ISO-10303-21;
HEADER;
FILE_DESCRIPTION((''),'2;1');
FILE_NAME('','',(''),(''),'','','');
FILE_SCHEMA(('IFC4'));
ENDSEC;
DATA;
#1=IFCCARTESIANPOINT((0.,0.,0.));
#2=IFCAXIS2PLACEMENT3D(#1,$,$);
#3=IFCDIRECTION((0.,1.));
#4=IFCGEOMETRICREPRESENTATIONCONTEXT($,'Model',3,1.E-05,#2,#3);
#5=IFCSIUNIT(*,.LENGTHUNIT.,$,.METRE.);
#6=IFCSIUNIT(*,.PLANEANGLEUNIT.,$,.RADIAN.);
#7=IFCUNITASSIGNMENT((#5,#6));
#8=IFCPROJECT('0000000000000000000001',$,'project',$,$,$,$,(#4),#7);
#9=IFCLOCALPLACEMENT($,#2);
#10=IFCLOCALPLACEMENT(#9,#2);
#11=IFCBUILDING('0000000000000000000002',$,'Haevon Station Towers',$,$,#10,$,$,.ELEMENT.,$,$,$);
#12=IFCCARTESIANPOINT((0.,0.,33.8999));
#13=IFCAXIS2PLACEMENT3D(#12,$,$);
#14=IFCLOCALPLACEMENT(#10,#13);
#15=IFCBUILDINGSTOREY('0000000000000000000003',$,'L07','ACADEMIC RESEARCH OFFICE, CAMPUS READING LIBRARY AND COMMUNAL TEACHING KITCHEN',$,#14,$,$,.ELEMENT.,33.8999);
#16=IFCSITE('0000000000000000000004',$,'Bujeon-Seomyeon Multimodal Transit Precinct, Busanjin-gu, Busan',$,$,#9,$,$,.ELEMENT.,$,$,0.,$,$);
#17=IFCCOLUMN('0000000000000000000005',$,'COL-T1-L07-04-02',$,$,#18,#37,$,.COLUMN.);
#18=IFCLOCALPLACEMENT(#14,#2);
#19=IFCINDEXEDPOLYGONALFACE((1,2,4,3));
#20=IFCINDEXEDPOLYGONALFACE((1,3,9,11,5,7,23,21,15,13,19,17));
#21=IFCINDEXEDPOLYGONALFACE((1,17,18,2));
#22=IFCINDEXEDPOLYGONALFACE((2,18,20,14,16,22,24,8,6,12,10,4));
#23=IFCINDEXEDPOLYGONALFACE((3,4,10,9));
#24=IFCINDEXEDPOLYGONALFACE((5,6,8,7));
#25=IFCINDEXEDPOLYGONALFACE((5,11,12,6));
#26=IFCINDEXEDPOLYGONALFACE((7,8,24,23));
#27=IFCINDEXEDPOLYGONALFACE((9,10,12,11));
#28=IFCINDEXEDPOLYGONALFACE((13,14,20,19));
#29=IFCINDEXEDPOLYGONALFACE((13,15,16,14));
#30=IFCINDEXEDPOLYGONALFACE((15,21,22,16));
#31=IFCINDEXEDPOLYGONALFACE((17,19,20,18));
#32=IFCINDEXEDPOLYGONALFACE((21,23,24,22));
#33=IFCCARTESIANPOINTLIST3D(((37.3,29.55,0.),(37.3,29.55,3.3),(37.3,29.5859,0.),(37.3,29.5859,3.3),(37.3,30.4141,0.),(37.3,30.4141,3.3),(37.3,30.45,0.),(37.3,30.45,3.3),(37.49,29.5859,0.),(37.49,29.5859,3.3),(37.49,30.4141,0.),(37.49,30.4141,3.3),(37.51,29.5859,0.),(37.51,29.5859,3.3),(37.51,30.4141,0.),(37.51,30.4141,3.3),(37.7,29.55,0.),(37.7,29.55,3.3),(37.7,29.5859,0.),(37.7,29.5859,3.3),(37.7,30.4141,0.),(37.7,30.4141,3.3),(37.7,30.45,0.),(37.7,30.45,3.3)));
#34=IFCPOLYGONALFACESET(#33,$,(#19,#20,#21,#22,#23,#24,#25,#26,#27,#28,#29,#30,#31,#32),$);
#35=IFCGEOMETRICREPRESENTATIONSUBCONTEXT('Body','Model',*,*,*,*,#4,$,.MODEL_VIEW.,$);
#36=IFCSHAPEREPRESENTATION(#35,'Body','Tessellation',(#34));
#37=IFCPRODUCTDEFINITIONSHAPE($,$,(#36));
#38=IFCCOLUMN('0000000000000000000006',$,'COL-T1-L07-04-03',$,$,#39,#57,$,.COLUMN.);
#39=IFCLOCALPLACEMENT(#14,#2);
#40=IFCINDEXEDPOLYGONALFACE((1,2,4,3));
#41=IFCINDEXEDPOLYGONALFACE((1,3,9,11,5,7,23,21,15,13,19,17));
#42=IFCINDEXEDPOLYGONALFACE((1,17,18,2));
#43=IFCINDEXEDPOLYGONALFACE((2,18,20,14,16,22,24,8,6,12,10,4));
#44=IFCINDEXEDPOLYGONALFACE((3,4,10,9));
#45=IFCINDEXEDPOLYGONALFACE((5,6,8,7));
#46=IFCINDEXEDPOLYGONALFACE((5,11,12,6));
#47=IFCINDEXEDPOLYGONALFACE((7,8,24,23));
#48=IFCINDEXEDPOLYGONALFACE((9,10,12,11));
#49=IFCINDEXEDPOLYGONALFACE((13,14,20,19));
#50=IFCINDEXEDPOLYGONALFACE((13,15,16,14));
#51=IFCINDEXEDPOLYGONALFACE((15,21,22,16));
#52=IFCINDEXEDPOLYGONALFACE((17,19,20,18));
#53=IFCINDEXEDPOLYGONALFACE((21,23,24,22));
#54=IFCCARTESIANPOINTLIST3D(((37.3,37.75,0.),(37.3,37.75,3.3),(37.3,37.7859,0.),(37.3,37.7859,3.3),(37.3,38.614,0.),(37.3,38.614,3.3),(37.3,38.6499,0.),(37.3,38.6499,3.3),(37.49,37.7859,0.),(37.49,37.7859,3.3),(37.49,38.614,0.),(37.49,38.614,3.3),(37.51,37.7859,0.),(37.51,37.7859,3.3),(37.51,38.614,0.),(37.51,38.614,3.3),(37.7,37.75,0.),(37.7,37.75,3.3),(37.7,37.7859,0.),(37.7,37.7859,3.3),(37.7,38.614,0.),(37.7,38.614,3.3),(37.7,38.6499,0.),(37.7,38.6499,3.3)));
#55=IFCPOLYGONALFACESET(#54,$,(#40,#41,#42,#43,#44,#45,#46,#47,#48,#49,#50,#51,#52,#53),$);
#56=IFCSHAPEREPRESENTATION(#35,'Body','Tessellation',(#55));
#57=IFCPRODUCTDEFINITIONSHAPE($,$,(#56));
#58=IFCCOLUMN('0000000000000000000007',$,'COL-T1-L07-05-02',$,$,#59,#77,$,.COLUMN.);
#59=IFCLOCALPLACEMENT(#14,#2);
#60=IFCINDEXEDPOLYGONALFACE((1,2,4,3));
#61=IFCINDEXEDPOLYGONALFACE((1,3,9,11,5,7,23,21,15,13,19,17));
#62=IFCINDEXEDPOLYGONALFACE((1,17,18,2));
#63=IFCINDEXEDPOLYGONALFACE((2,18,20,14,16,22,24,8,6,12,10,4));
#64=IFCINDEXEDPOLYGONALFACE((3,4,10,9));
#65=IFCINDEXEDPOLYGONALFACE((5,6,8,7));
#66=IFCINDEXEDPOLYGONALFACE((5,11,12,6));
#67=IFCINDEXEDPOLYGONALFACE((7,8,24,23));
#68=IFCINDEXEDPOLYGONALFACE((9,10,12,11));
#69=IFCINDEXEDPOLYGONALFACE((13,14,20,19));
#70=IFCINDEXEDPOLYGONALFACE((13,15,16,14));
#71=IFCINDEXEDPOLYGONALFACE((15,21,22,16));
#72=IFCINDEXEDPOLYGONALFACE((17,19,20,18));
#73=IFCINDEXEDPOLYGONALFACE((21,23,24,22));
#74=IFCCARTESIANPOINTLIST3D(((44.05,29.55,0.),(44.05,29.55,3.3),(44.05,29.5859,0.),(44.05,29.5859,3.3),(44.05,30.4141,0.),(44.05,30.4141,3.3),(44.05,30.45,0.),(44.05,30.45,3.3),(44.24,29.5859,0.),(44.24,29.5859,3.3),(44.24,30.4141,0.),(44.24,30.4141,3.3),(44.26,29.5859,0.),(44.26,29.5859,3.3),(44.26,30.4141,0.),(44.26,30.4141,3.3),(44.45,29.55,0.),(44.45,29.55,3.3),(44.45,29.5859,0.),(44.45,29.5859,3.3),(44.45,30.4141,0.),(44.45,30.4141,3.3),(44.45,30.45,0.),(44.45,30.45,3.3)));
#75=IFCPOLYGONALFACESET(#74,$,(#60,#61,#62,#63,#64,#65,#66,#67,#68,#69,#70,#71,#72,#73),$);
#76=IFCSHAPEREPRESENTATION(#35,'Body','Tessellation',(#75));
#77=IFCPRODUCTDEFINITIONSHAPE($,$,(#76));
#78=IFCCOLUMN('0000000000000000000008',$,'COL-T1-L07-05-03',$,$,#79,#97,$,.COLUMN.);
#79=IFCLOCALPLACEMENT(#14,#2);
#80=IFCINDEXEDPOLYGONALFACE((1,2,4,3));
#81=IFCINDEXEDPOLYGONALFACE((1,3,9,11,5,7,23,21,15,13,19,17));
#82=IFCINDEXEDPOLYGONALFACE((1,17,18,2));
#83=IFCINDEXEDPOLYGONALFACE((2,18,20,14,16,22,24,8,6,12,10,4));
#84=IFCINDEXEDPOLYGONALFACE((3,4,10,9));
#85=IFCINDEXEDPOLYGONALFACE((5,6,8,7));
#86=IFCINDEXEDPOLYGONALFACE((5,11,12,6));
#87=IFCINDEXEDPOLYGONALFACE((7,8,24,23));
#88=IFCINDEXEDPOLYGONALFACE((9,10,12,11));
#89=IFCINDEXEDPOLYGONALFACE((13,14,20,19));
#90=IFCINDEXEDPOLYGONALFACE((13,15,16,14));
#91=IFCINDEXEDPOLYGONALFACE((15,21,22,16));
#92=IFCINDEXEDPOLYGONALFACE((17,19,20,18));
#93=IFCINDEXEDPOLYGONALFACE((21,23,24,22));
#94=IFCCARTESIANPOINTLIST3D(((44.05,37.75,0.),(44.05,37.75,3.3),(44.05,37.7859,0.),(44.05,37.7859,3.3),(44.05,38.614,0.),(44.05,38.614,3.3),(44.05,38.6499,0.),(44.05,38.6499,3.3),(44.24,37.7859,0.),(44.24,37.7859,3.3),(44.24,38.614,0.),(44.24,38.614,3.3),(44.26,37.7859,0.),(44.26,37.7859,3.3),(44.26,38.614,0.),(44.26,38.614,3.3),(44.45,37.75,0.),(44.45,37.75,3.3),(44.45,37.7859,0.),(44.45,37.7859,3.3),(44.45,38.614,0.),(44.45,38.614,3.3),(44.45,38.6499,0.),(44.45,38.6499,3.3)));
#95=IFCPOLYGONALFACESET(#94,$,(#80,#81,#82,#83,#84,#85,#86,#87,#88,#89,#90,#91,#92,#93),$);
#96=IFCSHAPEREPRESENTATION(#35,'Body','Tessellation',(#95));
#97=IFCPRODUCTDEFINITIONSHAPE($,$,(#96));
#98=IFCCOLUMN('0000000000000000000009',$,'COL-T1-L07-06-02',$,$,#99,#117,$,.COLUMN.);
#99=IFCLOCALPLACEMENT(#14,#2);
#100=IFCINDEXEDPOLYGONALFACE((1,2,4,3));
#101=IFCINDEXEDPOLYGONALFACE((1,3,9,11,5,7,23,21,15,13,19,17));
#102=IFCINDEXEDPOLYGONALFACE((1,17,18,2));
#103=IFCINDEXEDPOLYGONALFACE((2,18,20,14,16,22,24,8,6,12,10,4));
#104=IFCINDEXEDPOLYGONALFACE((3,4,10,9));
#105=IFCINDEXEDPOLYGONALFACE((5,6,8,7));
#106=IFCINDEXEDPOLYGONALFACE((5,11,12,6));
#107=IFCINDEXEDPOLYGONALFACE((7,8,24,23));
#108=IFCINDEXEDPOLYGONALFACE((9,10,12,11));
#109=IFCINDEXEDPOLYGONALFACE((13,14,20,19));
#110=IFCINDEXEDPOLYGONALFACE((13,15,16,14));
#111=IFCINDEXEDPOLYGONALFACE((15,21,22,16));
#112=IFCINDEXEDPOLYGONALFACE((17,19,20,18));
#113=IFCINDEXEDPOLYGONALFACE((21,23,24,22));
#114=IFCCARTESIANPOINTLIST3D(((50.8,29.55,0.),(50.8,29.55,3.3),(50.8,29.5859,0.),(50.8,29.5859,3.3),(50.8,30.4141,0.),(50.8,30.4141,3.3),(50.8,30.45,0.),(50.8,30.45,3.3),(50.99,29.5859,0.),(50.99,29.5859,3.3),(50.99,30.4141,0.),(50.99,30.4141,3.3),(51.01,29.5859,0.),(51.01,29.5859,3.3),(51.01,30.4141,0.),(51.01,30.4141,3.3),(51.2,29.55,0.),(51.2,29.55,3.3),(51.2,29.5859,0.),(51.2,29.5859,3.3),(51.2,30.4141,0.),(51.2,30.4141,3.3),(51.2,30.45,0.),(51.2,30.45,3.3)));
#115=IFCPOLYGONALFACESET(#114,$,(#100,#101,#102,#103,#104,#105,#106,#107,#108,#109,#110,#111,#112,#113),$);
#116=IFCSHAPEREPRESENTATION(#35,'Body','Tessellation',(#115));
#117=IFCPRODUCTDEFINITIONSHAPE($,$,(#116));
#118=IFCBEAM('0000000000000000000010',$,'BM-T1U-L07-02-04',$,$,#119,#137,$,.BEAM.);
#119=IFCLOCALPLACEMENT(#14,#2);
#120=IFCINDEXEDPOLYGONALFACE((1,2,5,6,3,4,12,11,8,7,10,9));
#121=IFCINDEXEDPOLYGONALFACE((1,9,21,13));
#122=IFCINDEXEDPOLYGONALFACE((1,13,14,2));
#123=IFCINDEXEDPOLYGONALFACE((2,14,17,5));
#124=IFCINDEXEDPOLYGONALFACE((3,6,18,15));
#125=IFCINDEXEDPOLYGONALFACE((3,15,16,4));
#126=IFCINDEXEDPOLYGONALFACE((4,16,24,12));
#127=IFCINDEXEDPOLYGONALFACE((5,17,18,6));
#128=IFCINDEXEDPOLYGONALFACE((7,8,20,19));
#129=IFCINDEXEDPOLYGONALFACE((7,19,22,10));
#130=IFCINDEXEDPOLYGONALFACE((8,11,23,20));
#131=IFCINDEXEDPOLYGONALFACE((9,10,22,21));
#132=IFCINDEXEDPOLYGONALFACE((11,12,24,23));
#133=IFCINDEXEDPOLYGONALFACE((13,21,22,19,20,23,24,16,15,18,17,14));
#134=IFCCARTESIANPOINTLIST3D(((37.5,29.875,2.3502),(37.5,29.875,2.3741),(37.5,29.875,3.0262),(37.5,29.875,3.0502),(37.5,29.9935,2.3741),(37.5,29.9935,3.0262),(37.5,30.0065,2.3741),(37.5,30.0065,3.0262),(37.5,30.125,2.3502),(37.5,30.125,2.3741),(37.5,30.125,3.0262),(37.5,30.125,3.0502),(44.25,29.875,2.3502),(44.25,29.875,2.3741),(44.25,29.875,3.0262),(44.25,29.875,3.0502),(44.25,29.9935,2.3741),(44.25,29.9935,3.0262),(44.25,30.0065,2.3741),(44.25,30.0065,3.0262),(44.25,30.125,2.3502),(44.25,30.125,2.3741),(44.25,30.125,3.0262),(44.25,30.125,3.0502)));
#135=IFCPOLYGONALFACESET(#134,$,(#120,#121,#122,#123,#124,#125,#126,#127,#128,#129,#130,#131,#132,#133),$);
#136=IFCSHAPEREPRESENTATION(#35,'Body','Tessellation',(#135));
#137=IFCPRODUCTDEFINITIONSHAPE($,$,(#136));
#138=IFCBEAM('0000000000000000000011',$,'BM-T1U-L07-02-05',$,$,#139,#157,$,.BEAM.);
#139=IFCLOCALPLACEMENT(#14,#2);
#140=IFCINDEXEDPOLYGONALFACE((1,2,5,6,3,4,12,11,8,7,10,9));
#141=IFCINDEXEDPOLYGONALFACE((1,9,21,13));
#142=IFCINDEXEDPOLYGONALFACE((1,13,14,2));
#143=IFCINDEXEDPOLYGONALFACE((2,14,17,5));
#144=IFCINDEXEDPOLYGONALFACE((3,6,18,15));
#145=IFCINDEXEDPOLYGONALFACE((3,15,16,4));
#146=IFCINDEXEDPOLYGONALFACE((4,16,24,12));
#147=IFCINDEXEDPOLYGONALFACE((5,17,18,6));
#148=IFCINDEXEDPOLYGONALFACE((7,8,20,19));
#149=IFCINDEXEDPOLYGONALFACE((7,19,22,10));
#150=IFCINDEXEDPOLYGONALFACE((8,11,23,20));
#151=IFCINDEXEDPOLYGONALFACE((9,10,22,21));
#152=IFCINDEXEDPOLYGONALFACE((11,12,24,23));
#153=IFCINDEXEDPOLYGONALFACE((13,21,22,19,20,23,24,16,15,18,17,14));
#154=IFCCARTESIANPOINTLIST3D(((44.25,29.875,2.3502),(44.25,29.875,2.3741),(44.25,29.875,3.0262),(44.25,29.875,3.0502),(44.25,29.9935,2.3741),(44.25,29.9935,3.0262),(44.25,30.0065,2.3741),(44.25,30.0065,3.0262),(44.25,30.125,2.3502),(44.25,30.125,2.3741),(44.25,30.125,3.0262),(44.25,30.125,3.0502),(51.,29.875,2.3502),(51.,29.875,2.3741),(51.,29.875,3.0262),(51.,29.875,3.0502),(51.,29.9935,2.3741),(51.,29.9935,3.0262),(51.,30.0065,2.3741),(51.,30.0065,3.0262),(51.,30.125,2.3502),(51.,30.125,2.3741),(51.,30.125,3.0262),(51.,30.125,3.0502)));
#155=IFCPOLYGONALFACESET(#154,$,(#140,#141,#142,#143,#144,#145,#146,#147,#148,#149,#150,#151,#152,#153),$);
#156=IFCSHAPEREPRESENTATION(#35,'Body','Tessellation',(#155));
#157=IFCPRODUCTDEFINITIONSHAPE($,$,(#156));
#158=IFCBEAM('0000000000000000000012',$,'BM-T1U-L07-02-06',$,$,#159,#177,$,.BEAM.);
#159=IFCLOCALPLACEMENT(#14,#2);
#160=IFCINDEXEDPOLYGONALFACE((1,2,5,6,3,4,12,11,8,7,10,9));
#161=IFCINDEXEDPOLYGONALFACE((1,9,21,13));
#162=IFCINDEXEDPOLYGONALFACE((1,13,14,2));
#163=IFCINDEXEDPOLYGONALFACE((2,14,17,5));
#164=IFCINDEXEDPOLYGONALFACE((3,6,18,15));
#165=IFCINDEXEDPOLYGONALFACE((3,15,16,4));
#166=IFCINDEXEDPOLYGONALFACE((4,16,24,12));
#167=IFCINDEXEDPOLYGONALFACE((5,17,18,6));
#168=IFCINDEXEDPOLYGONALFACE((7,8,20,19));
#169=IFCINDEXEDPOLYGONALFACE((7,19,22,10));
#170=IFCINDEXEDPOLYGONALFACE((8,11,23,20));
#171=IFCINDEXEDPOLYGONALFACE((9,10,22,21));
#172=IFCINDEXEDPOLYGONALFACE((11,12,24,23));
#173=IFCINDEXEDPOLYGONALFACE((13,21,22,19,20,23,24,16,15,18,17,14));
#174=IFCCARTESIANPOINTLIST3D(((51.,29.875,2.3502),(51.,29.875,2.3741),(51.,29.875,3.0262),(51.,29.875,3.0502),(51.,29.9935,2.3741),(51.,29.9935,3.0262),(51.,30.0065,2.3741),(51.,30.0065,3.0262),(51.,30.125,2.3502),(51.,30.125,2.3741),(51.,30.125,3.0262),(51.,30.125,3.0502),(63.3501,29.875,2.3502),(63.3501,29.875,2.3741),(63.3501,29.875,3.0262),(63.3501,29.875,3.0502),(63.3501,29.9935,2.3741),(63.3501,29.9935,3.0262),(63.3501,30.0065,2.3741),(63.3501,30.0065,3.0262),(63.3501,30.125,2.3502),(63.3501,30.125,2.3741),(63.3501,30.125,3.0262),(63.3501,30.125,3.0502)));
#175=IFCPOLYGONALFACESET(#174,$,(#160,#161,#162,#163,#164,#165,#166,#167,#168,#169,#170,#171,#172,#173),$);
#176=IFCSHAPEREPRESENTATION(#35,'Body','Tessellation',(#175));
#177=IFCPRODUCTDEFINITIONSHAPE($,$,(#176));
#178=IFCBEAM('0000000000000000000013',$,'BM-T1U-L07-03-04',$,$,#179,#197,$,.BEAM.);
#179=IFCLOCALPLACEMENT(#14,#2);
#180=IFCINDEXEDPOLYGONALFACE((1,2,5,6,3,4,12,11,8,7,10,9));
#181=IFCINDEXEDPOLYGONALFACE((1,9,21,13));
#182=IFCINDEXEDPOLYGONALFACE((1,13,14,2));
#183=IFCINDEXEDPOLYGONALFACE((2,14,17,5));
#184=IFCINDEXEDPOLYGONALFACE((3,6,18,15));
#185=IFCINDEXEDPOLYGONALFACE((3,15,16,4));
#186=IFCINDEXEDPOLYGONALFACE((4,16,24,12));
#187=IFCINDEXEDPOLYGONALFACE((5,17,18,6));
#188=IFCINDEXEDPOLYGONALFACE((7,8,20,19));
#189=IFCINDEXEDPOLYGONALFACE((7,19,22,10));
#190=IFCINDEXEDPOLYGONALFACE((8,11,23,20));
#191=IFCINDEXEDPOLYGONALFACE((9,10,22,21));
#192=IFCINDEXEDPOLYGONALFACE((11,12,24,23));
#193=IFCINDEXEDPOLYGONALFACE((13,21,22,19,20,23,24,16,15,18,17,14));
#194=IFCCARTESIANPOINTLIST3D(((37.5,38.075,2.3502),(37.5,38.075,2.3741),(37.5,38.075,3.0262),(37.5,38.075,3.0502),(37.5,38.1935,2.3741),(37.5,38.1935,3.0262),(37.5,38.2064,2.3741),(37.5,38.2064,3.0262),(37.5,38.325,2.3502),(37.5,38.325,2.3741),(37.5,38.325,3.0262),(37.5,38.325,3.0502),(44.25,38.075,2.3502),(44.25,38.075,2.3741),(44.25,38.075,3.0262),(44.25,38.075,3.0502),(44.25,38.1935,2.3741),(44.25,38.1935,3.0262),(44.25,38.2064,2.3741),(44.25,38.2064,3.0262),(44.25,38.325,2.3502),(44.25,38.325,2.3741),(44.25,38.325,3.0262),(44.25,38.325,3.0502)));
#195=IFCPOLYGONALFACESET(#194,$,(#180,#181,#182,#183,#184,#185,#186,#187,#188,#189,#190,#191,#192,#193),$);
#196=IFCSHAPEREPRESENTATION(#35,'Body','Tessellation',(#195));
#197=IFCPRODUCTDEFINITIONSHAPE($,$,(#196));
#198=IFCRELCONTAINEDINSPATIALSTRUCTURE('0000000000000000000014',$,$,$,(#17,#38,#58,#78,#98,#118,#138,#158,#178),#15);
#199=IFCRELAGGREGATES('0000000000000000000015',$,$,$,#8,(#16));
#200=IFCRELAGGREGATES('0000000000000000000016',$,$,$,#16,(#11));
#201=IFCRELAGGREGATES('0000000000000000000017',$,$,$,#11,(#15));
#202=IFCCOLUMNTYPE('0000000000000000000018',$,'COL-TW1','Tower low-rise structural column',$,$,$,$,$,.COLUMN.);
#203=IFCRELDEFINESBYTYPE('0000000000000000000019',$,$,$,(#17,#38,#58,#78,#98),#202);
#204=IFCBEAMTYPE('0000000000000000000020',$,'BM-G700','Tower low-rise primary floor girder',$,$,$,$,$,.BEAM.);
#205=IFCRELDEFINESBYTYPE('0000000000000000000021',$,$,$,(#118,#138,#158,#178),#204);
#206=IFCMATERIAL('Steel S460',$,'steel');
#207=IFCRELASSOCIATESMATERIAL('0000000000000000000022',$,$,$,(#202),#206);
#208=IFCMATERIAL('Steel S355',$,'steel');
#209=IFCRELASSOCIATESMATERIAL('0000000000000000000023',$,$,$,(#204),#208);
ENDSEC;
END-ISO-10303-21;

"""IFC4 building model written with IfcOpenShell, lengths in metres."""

from ifc_helpers import new_model, si_unit, direction, frame, origin, origin_2d, place, context, subcontext, project, spatial, i_section, extrude, material, material_profile, profile_set, type_object, element, save


model = new_model("IFC4")

# Units and contexts
model_context = context("Model", 3, precision=1e-05, world=origin(), true_north=direction((0.0, 1.0)))
body_context = subcontext(model_context, "Body", "Model", "MODEL_VIEW")
ifc_project = project(units=[si_unit("LENGTHUNIT", "METRE"), si_unit("PLANEANGLEUNIT", "RADIAN")], contexts=[model_context])

# Site, building, storey
site_placement = place(None, origin())
site = spatial("IfcSite", under=ifc_project, at=site_placement, Name="Bujeon-Seomyeon Multimodal Transit Precinct, Busanjin-gu, Busan", CompositionType="ELEMENT", RefElevation=0.0)
building_placement = place(site_placement, origin())
building = spatial("IfcBuilding", under=site, at=building_placement, Name="Haevon Station Towers", CompositionType="ELEMENT")
storey_placement = place(building_placement, frame((0.0, 0.0, 33.8999)))
storey = spatial("IfcBuildingStorey", under=building, at=storey_placement, Name="L07", Description="ACADEMIC RESEARCH OFFICE, CAMPUS READING LIBRARY AND COMMUNAL TEACHING KITCHEN", CompositionType="ELEMENT", Elevation=33.8999)

# Columns
ifc_material_1 = material(Name="Steel S460", Category="steel")
ifc_material_profile_1 = material_profile(ifc_material_1, i_section(OverallWidth=0.3999, OverallDepth=0.8999, WebThickness=0.02, FlangeThickness=0.0359, at=origin_2d()), Name="H-900x400x20x36")
ifc_profile_set_1 = profile_set([ifc_material_profile_1], Name="Steel S460")
column_type = type_object("IfcColumnType", Name="COL-TW1", Description="Tower low-rise structural column", PredefinedType="COLUMN", material=ifc_profile_set_1)
for number, where, z_axis, x_axis, name in (
    (1, (37.5, 30.0, 0.0), (0.0, 0.0, 1.0), (1.0, 0.0, 0.0), "COL-T1-L07-04-02"),
    (2, (37.5, 38.2, 0.0), (0.0, 0.0, 1.0), (1.0, 0.0, 0.0), "COL-T1-L07-04-03"),
    (3, (44.25, 30.0, 0.0), (0.0, 0.0, 1.0), (1.0, 0.0, 0.0), "COL-T1-L07-05-02"),
    (4, (44.25, 38.2, 0.0), (0.0, 0.0, 1.0), (1.0, 0.0, 0.0), "COL-T1-L07-05-03"),
    (5, (51.0, 30.0, 0.0), (0.0, 0.0, 1.0), (1.0, 0.0, 0.0), "COL-T1-L07-06-02"),
):
    element("IfcColumn", number, at=place(storey_placement, frame(where, z_axis=z_axis, x_axis=x_axis)), inside=storey, type_object=column_type, Name=name, PredefinedType="COLUMN", context=body_context, shape_type="SweptSolid", body=[
        extrude(i_section(OverallWidth=0.3999, OverallDepth=0.8999, WebThickness=0.02, FlangeThickness=0.0359, at=origin_2d()), origin(), (0.0, 0.0, 1.0), 3.3),
    ])

# Beams
ifc_material_2 = material(Name="Steel S355", Category="steel")
ifc_material_profile_2 = material_profile(ifc_material_2, i_section(OverallWidth=0.25, OverallDepth=0.7, WebThickness=0.0129, FlangeThickness=0.0239, at=origin_2d()), Name="H-700x250x13x24")
ifc_profile_set_2 = profile_set([ifc_material_profile_2], Name="Steel S355")
beam_type_1 = type_object("IfcBeamType", Name="BM-G700", Description="Tower low-rise primary floor girder", PredefinedType="BEAM", material=ifc_profile_set_2)
for number, where, z_axis, x_axis, name in (
    (6, (37.5, 30.0, 2.7002), (1.0, 0.0, 0.0), (0.0, 1.0, 0.0), "BM-T1U-L07-02-04"),
    (7, (44.25, 30.0, 2.7002), (1.0, 0.0, 0.0), (0.0, 1.0, 0.0), "BM-T1U-L07-02-05"),
):
    element("IfcBeam", number, at=place(storey_placement, frame(where, z_axis=z_axis, x_axis=x_axis)), inside=storey, type_object=beam_type_1, Name=name, PredefinedType="BEAM", context=body_context, shape_type="SweptSolid", body=[
        extrude(i_section(OverallWidth=0.25, OverallDepth=0.7, WebThickness=0.0129, FlangeThickness=0.0239, at=origin_2d()), origin(), (0.0, 0.0, 1.0), 6.75),
    ])
beam_placement = place(storey_placement, frame((51.0, 30.0, 2.7002), z_axis=(1.0, 0.0, 0.0), x_axis=(0.0, 1.0, 0.0)))
element("IfcBeam", 8, at=beam_placement, inside=storey, type_object=beam_type_1, Name="BM-T1U-L07-02-06", PredefinedType="BEAM", context=body_context, shape_type="SweptSolid", body=[
    extrude(i_section(OverallWidth=0.25, OverallDepth=0.7, WebThickness=0.0129, FlangeThickness=0.0239, at=origin_2d()), origin(), (0.0, 0.0, 1.0), 12.3501),
])
for number, where, z_axis, x_axis, name in (
    (9, (37.5, 38.2, 2.7002), (1.0, 0.0, 0.0), (0.0, 1.0, 0.0), "BM-T1U-L07-03-04"),
):
    element("IfcBeam", number, at=place(storey_placement, frame(where, z_axis=z_axis, x_axis=x_axis)), inside=storey, type_object=beam_type_1, Name=name, PredefinedType="BEAM", context=body_context, shape_type="SweptSolid", body=[
        extrude(i_section(OverallWidth=0.25, OverallDepth=0.7, WebThickness=0.0129, FlangeThickness=0.0239, at=origin_2d()), origin(), (0.0, 0.0, 1.0), 6.75),
    ])

save(model, "model.ifc")
